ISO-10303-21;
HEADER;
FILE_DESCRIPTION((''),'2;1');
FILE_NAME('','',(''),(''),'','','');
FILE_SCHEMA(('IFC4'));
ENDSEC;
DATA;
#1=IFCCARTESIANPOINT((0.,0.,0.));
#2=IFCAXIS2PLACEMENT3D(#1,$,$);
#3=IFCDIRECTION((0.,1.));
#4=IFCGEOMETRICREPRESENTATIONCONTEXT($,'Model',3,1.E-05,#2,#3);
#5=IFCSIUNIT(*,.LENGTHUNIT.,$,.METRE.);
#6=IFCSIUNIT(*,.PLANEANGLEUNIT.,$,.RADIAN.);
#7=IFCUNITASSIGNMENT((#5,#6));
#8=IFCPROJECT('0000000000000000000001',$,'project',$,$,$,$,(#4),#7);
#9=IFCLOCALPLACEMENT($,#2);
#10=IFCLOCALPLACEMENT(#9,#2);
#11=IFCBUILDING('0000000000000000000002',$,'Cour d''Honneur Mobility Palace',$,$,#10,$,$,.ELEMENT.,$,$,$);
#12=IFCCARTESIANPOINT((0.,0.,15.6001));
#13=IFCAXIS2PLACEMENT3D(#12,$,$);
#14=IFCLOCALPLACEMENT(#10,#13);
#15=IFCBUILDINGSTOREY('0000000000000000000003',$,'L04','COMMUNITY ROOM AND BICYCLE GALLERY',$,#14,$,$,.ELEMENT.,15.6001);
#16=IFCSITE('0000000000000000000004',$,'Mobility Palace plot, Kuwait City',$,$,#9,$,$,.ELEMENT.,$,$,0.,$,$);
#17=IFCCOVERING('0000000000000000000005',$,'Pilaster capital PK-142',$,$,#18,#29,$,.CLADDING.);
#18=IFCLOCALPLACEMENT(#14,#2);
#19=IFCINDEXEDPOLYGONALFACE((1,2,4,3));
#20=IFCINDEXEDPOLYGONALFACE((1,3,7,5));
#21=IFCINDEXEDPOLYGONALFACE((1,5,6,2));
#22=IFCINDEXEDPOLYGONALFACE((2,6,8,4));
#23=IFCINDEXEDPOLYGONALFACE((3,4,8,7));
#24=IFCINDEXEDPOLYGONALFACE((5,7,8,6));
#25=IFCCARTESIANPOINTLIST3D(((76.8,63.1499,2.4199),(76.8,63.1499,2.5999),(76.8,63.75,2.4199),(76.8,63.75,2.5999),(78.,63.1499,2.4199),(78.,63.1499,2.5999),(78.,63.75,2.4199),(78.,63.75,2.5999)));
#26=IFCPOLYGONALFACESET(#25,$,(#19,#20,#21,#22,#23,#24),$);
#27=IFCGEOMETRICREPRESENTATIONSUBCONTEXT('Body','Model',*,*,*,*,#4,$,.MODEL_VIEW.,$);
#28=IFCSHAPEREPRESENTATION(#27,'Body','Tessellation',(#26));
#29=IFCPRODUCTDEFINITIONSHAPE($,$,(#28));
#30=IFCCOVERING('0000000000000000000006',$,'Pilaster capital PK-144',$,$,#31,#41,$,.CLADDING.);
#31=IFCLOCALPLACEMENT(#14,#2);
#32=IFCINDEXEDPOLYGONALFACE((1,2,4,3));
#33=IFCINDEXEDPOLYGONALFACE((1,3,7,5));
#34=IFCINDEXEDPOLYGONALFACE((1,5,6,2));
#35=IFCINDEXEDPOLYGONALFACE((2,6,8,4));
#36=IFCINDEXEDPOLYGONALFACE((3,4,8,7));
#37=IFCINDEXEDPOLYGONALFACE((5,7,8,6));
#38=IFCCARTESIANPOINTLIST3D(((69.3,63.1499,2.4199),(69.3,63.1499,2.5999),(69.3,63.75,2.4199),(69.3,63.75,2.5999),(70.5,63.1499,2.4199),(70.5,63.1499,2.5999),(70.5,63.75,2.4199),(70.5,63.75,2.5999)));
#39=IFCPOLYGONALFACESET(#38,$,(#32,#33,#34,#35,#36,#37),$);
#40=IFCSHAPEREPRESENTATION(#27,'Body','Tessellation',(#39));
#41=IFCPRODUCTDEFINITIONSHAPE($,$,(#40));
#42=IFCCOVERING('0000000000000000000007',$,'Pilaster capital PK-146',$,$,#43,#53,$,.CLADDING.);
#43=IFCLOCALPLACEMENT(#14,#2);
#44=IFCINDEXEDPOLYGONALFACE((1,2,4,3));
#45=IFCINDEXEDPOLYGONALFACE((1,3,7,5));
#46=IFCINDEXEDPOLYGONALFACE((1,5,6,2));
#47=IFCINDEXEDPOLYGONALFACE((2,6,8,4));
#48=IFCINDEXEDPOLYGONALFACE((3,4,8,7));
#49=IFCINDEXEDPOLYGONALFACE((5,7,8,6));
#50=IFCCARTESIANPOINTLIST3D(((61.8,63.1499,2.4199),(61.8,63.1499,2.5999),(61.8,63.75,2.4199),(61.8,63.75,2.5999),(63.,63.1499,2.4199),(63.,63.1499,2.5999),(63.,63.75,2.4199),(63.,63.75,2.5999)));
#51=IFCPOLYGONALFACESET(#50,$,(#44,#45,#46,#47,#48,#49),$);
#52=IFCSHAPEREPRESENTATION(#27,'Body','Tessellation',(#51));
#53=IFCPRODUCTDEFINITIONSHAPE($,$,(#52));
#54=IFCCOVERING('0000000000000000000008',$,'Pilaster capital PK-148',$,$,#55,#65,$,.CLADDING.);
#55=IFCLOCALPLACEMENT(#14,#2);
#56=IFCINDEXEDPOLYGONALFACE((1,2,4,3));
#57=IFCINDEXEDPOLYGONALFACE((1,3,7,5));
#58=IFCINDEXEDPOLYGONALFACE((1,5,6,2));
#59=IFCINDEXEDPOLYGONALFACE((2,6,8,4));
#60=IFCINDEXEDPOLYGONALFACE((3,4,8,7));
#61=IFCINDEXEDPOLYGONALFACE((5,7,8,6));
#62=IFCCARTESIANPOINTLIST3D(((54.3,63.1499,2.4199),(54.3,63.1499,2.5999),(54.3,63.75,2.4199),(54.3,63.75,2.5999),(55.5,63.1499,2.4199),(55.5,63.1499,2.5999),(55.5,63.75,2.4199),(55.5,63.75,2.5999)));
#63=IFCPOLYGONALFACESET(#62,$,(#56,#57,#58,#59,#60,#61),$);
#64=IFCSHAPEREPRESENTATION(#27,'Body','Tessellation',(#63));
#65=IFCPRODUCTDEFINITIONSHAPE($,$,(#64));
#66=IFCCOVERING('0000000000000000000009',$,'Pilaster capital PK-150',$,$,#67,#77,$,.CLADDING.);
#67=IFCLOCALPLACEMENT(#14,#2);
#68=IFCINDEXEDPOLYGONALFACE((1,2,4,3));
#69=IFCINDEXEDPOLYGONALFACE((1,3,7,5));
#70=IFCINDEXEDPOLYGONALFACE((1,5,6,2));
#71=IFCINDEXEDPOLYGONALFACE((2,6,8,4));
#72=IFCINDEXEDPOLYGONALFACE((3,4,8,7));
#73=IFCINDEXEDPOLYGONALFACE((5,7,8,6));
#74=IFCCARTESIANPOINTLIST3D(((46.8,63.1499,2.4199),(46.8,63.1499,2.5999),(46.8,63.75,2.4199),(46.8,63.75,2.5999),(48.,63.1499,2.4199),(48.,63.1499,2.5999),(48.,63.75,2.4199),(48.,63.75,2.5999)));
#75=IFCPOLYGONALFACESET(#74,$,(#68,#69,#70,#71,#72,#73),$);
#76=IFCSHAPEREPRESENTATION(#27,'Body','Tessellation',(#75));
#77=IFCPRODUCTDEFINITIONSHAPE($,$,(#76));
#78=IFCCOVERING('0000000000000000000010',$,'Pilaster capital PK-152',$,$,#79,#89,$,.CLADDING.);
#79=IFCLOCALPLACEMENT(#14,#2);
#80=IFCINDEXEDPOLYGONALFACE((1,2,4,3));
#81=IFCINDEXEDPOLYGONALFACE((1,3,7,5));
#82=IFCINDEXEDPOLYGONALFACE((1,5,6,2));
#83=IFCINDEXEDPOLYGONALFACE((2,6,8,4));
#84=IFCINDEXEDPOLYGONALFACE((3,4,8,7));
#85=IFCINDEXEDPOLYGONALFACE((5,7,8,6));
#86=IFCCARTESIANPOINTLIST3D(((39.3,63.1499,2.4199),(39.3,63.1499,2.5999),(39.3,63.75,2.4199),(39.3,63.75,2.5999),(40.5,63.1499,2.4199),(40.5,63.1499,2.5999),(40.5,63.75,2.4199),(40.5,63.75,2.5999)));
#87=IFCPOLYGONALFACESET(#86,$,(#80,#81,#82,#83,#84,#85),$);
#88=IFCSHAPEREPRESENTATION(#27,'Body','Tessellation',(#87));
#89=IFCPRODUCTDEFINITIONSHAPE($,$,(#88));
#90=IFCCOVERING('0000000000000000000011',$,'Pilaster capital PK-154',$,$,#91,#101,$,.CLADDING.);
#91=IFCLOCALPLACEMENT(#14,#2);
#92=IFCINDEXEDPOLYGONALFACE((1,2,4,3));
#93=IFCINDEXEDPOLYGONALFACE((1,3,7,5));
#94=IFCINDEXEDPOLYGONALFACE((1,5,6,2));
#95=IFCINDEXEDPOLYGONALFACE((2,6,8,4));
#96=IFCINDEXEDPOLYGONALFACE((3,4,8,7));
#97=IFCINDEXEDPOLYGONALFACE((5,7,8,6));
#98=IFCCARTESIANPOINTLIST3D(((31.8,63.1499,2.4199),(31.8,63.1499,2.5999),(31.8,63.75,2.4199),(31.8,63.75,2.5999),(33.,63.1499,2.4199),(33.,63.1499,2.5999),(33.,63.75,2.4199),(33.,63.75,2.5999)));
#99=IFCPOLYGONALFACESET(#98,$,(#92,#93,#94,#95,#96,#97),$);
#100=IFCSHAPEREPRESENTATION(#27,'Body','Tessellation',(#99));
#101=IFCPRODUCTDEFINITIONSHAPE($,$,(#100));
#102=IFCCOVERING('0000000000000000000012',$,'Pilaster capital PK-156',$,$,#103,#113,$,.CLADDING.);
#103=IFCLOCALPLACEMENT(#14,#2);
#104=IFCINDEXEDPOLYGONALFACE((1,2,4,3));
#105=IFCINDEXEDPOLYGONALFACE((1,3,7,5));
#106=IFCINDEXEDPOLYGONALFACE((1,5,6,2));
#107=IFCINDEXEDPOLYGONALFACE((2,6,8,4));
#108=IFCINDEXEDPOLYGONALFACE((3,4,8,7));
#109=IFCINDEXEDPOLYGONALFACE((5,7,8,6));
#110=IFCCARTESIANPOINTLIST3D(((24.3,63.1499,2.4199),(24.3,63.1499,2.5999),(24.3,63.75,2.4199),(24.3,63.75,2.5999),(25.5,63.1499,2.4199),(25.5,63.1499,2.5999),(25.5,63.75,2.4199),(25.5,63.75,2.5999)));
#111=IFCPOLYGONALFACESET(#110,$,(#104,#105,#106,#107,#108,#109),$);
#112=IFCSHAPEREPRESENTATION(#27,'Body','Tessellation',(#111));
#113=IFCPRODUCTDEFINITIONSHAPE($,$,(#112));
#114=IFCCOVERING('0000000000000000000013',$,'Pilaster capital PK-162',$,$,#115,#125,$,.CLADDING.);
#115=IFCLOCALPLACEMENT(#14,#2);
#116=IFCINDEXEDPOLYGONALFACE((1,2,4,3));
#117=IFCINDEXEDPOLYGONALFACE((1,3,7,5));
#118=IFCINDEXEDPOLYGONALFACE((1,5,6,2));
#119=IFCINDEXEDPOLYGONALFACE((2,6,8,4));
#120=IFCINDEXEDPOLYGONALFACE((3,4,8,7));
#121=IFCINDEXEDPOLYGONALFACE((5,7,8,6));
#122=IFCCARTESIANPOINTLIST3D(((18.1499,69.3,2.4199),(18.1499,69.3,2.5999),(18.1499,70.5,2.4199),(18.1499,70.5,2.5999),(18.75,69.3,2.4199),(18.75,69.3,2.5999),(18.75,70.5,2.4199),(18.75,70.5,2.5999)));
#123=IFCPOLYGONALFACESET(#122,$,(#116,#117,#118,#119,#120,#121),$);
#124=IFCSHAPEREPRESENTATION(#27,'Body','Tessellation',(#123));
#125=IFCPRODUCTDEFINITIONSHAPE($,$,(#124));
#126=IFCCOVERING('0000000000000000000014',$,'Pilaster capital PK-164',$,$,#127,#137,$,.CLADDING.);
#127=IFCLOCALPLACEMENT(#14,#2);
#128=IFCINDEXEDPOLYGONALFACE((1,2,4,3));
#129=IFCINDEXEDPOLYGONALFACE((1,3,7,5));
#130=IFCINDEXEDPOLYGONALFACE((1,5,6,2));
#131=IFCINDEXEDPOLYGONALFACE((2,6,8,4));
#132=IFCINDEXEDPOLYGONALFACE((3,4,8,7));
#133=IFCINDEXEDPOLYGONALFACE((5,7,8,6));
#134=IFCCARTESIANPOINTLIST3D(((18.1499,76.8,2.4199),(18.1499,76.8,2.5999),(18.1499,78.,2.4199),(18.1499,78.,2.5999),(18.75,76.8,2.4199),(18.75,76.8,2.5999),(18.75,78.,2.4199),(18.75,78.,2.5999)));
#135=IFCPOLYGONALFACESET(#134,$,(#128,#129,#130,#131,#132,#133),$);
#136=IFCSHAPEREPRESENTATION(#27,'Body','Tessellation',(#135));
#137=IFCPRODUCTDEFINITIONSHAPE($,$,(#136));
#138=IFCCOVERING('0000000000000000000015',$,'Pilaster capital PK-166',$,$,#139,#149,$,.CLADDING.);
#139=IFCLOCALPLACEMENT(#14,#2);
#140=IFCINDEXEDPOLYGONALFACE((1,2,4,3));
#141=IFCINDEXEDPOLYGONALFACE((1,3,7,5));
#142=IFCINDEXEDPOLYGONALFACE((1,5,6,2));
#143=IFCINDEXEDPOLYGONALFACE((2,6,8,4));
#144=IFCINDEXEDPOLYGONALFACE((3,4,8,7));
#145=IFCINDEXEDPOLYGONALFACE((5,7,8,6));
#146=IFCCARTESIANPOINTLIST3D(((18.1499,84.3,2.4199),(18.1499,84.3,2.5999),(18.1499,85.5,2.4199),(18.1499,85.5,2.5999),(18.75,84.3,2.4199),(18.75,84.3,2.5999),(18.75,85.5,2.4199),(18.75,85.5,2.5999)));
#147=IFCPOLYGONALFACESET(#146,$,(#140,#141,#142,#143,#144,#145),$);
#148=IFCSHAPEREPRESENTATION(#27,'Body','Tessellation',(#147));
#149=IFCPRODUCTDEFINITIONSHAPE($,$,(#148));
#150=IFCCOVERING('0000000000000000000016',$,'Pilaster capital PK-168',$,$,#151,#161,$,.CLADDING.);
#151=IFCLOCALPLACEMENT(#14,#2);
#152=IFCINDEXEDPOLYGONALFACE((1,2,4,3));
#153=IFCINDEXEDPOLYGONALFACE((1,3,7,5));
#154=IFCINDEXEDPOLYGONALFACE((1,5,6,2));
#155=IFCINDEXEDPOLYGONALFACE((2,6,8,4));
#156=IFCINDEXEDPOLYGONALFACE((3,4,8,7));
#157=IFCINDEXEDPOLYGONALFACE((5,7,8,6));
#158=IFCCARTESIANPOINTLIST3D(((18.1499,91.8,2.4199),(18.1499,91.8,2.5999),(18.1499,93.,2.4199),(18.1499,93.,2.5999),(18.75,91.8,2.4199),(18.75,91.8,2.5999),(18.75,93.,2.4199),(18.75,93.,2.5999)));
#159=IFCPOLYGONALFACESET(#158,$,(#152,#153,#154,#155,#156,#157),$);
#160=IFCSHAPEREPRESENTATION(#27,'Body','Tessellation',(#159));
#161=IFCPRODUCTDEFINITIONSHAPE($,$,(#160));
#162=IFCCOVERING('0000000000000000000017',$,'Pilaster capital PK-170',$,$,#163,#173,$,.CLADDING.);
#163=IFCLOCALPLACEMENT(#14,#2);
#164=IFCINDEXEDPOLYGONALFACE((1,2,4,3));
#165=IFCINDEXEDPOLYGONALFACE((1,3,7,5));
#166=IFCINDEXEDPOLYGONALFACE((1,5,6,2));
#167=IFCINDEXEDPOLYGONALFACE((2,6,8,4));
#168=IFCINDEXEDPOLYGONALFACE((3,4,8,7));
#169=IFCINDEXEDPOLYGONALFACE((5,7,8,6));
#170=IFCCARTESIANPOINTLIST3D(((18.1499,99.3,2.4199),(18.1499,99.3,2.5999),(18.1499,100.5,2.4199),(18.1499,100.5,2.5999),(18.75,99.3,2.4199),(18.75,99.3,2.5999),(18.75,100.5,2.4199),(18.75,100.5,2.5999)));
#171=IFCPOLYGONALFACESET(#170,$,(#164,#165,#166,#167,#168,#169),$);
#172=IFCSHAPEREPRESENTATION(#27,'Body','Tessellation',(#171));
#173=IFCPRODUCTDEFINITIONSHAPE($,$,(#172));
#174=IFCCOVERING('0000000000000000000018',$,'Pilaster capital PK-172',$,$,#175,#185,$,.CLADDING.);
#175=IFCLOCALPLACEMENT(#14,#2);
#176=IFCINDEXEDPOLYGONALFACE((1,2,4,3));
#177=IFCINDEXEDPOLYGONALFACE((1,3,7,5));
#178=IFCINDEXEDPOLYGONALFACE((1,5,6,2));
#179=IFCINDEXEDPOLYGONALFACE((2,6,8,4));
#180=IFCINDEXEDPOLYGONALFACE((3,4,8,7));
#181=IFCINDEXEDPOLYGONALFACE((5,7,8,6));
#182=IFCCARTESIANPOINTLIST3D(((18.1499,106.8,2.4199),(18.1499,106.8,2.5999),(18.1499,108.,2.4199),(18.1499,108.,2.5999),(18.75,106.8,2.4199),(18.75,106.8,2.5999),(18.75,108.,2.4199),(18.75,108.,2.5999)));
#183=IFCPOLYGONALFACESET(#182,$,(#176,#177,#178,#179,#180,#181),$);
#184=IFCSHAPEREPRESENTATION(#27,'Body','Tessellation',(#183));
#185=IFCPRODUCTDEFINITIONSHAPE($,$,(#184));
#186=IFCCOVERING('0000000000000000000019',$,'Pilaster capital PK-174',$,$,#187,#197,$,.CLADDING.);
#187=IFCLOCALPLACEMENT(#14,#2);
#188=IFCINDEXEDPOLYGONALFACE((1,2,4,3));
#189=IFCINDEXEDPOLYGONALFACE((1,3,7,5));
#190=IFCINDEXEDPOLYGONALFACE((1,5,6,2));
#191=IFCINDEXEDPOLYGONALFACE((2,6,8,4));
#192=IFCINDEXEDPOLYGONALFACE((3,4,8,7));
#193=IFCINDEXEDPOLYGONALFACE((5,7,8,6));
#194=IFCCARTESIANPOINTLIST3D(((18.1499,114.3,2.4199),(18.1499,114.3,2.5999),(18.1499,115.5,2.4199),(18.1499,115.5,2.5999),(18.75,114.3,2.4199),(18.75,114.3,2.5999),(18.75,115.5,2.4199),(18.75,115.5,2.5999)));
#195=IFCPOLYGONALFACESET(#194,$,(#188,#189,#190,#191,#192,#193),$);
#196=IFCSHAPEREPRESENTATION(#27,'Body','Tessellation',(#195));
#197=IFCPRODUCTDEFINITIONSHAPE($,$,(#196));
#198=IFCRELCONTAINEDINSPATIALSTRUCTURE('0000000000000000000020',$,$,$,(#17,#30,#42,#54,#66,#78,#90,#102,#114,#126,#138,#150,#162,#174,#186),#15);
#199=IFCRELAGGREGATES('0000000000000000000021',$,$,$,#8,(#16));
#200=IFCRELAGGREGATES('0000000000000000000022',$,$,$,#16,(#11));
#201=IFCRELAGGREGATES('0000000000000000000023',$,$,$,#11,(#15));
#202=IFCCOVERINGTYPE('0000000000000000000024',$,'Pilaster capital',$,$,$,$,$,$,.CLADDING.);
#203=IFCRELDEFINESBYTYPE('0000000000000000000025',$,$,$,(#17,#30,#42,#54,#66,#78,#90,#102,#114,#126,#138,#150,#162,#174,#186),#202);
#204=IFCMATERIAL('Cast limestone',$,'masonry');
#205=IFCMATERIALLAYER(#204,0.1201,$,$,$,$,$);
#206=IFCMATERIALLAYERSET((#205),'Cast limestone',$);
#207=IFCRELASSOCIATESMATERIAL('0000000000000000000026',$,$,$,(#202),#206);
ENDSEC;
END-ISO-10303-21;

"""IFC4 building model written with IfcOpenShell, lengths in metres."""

from ifc_helpers import new_model, si_unit, direction, frame, origin, place, context, subcontext, project, spatial, polyline, outline, extrude, material, layer, layer_set, type_object, element, save


model = new_model("IFC4")

# Units and contexts
model_context = context("Model", 3, precision=1e-05, world=origin(), true_north=direction((0.0, 1.0)))
body_context = subcontext(model_context, "Body", "Model", "MODEL_VIEW")
ifc_project = project(units=[si_unit("LENGTHUNIT", "METRE"), si_unit("PLANEANGLEUNIT", "RADIAN")], contexts=[model_context])

# Site, building, storey
site_placement = place(None, origin())
site = spatial("IfcSite", under=ifc_project, at=site_placement, Name="Mobility Palace plot, Kuwait City", CompositionType="ELEMENT", RefElevation=0.0)
building_placement = place(site_placement, origin())
building = spatial("IfcBuilding", under=site, at=building_placement, Name="Cour d'Honneur Mobility Palace", CompositionType="ELEMENT")
storey_placement = place(building_placement, frame((0.0, 0.0, 15.6001)))
storey = spatial("IfcBuildingStorey", under=building, at=storey_placement, Name="L04", Description="COMMUNITY ROOM AND BICYCLE GALLERY", CompositionType="ELEMENT", Elevation=15.6001)

# Coverings
ifc_material_1 = material(Name="Cast limestone", Category="masonry")
ifc_layer_1 = layer(ifc_material_1, 0.1201)
ifc_layer_set_1 = layer_set([ifc_layer_1], Name="Cast limestone")
covering_type = type_object("IfcCoveringType", Name="Pilaster capital", PredefinedType="CLADDING", material=ifc_layer_set_1)
covering_1_placement = place(storey_placement, frame((0.0, 0.0, 2.4199)))
element("IfcCovering", 1, at=covering_1_placement, inside=storey, type_object=covering_type, Name="Pilaster capital PK-142", PredefinedType="CLADDING", context=body_context, shape_type="SweptSolid", body=[
    extrude(outline(polyline([(78.0, 63.1499), (76.8, 63.1499), (76.8, 63.75), (78.0, 63.75), (78.0, 63.1499)])), origin(), (0.0, 0.0, 1.0), 0.1799),
])
covering_2_placement = place(storey_placement, frame((0.0, 0.0, 2.4199)))
element("IfcCovering", 2, at=covering_2_placement, inside=storey, type_object=covering_type, Name="Pilaster capital PK-144", PredefinedType="CLADDING", context=body_context, shape_type="SweptSolid", body=[
    extrude(outline(polyline([(70.5, 63.1499), (69.3, 63.1499), (69.3, 63.75), (70.5, 63.75), (70.5, 63.1499)])), origin(), (0.0, 0.0, 1.0), 0.1799),
])
covering_3_placement = place(storey_placement, frame((0.0, 0.0, 2.4199)))
element("IfcCovering", 3, at=covering_3_placement, inside=storey, type_object=covering_type, Name="Pilaster capital PK-146", PredefinedType="CLADDING", context=body_context, shape_type="SweptSolid", body=[
    extrude(outline(polyline([(63.0, 63.1499), (61.8, 63.1499), (61.8, 63.75), (63.0, 63.75), (63.0, 63.1499)])), origin(), (0.0, 0.0, 1.0), 0.1799),
])
covering_4_placement = place(storey_placement, frame((0.0, 0.0, 2.4199)))
element("IfcCovering", 4, at=covering_4_placement, inside=storey, type_object=covering_type, Name="Pilaster capital PK-148", PredefinedType="CLADDING", context=body_context, shape_type="SweptSolid", body=[
    extrude(outline(polyline([(55.5, 63.1499), (54.3, 63.1499), (54.3, 63.75), (55.5, 63.75), (55.5, 63.1499)])), origin(), (0.0, 0.0, 1.0), 0.1799),
])
covering_5_placement = place(storey_placement, frame((0.0, 0.0, 2.4199)))
element("IfcCovering", 5, at=covering_5_placement, inside=storey, type_object=covering_type, Name="Pilaster capital PK-150", PredefinedType="CLADDING", context=body_context, shape_type="SweptSolid", body=[
    extrude(outline(polyline([(48.0, 63.1499), (46.8, 63.1499), (46.8, 63.75), (48.0, 63.75), (48.0, 63.1499)])), origin(), (0.0, 0.0, 1.0), 0.1799),
])
covering_6_placement = place(storey_placement, frame((0.0, 0.0, 2.4199)))
element("IfcCovering", 6, at=covering_6_placement, inside=storey, type_object=covering_type, Name="Pilaster capital PK-152", PredefinedType="CLADDING", context=body_context, shape_type="SweptSolid", body=[
    extrude(outline(polyline([(40.5, 63.1499), (39.3, 63.1499), (39.3, 63.75), (40.5, 63.75), (40.5, 63.1499)])), origin(), (0.0, 0.0, 1.0), 0.1799),
])
covering_7_placement = place(storey_placement, frame((0.0, 0.0, 2.4199)))
element("IfcCovering", 7, at=covering_7_placement, inside=storey, type_object=covering_type, Name="Pilaster capital PK-154", PredefinedType="CLADDING", context=body_context, shape_type="SweptSolid", body=[
    extrude(outline(polyline([(33.0, 63.1499), (31.8, 63.1499), (31.8, 63.75), (33.0, 63.75), (33.0, 63.1499)])), origin(), (0.0, 0.0, 1.0), 0.1799),
])
covering_8_placement = place(storey_placement, frame((0.0, 0.0, 2.4199)))
element("IfcCovering", 8, at=covering_8_placement, inside=storey, type_object=covering_type, Name="Pilaster capital PK-156", PredefinedType="CLADDING", context=body_context, shape_type="SweptSolid", body=[
    extrude(outline(polyline([(25.5, 63.1499), (24.3, 63.1499), (24.3, 63.75), (25.5, 63.75), (25.5, 63.1499)])), origin(), (0.0, 0.0, 1.0), 0.1799),
])
covering_9_placement = place(storey_placement, frame((0.0, 0.0, 2.4199)))
element("IfcCovering", 9, at=covering_9_placement, inside=storey, type_object=covering_type, Name="Pilaster capital PK-162", PredefinedType="CLADDING", context=body_context, shape_type="SweptSolid", body=[
    extrude(outline(polyline([(18.1499, 69.3), (18.1499, 70.5), (18.75, 70.5), (18.75, 69.3), (18.1499, 69.3)])), origin(), (0.0, 0.0, 1.0), 0.1799),
])
covering_10_placement = place(storey_placement, frame((0.0, 0.0, 2.4199)))
element("IfcCovering", 10, at=covering_10_placement, inside=storey, type_object=covering_type, Name="Pilaster capital PK-164", PredefinedType="CLADDING", context=body_context, shape_type="SweptSolid", body=[
    extrude(outline(polyline([(18.1499, 76.8), (18.1499, 78.0), (18.75, 78.0), (18.75, 76.8), (18.1499, 76.8)])), origin(), (0.0, 0.0, 1.0), 0.1799),
])
covering_11_placement = place(storey_placement, frame((0.0, 0.0, 2.4199)))
element("IfcCovering", 11, at=covering_11_placement, inside=storey, type_object=covering_type, Name="Pilaster capital PK-166", PredefinedType="CLADDING", context=body_context, shape_type="SweptSolid", body=[
    extrude(outline(polyline([(18.1499, 84.3), (18.1499, 85.5), (18.75, 85.5), (18.75, 84.3), (18.1499, 84.3)])), origin(), (0.0, 0.0, 1.0), 0.1799),
])
covering_12_placement = place(storey_placement, frame((0.0, 0.0, 2.4199)))
element("IfcCovering", 12, at=covering_12_placement, inside=storey, type_object=covering_type, Name="Pilaster capital PK-168", PredefinedType="CLADDING", context=body_context, shape_type="SweptSolid", body=[
    extrude(outline(polyline([(18.1499, 91.8), (18.1499, 93.0), (18.75, 93.0), (18.75, 91.8), (18.1499, 91.8)])), origin(), (0.0, 0.0, 1.0), 0.1799),
])
covering_13_placement = place(storey_placement, frame((0.0, 0.0, 2.4199)))
element("IfcCovering", 13, at=covering_13_placement, inside=storey, type_object=covering_type, Name="Pilaster capital PK-170", PredefinedType="CLADDING", context=body_context, shape_type="SweptSolid", body=[
    extrude(outline(polyline([(18.1499, 99.3), (18.1499, 100.5), (18.75, 100.5), (18.75, 99.3), (18.1499, 99.3)])), origin(), (0.0, 0.0, 1.0), 0.1799),
])
covering_14_placement = place(storey_placement, frame((0.0, 0.0, 2.4199)))
element("IfcCovering", 14, at=covering_14_placement, inside=storey, type_object=covering_type, Name="Pilaster capital PK-172", PredefinedType="CLADDING", context=body_context, shape_type="SweptSolid", body=[
    extrude(outline(polyline([(18.1499, 106.8), (18.1499, 108.0), (18.75, 108.0), (18.75, 106.8), (18.1499, 106.8)])), origin(), (0.0, 0.0, 1.0), 0.1799),
])
covering_15_placement = place(storey_placement, frame((0.0, 0.0, 2.4199)))
element("IfcCovering", 15, at=covering_15_placement, inside=storey, type_object=covering_type, Name="Pilaster capital PK-174", PredefinedType="CLADDING", context=body_context, shape_type="SweptSolid", body=[
    extrude(outline(polyline([(18.1499, 114.3), (18.1499, 115.5), (18.75, 115.5), (18.75, 114.3), (18.1499, 114.3)])), origin(), (0.0, 0.0, 1.0), 0.1799),
])

save(model, "model.ifc")
